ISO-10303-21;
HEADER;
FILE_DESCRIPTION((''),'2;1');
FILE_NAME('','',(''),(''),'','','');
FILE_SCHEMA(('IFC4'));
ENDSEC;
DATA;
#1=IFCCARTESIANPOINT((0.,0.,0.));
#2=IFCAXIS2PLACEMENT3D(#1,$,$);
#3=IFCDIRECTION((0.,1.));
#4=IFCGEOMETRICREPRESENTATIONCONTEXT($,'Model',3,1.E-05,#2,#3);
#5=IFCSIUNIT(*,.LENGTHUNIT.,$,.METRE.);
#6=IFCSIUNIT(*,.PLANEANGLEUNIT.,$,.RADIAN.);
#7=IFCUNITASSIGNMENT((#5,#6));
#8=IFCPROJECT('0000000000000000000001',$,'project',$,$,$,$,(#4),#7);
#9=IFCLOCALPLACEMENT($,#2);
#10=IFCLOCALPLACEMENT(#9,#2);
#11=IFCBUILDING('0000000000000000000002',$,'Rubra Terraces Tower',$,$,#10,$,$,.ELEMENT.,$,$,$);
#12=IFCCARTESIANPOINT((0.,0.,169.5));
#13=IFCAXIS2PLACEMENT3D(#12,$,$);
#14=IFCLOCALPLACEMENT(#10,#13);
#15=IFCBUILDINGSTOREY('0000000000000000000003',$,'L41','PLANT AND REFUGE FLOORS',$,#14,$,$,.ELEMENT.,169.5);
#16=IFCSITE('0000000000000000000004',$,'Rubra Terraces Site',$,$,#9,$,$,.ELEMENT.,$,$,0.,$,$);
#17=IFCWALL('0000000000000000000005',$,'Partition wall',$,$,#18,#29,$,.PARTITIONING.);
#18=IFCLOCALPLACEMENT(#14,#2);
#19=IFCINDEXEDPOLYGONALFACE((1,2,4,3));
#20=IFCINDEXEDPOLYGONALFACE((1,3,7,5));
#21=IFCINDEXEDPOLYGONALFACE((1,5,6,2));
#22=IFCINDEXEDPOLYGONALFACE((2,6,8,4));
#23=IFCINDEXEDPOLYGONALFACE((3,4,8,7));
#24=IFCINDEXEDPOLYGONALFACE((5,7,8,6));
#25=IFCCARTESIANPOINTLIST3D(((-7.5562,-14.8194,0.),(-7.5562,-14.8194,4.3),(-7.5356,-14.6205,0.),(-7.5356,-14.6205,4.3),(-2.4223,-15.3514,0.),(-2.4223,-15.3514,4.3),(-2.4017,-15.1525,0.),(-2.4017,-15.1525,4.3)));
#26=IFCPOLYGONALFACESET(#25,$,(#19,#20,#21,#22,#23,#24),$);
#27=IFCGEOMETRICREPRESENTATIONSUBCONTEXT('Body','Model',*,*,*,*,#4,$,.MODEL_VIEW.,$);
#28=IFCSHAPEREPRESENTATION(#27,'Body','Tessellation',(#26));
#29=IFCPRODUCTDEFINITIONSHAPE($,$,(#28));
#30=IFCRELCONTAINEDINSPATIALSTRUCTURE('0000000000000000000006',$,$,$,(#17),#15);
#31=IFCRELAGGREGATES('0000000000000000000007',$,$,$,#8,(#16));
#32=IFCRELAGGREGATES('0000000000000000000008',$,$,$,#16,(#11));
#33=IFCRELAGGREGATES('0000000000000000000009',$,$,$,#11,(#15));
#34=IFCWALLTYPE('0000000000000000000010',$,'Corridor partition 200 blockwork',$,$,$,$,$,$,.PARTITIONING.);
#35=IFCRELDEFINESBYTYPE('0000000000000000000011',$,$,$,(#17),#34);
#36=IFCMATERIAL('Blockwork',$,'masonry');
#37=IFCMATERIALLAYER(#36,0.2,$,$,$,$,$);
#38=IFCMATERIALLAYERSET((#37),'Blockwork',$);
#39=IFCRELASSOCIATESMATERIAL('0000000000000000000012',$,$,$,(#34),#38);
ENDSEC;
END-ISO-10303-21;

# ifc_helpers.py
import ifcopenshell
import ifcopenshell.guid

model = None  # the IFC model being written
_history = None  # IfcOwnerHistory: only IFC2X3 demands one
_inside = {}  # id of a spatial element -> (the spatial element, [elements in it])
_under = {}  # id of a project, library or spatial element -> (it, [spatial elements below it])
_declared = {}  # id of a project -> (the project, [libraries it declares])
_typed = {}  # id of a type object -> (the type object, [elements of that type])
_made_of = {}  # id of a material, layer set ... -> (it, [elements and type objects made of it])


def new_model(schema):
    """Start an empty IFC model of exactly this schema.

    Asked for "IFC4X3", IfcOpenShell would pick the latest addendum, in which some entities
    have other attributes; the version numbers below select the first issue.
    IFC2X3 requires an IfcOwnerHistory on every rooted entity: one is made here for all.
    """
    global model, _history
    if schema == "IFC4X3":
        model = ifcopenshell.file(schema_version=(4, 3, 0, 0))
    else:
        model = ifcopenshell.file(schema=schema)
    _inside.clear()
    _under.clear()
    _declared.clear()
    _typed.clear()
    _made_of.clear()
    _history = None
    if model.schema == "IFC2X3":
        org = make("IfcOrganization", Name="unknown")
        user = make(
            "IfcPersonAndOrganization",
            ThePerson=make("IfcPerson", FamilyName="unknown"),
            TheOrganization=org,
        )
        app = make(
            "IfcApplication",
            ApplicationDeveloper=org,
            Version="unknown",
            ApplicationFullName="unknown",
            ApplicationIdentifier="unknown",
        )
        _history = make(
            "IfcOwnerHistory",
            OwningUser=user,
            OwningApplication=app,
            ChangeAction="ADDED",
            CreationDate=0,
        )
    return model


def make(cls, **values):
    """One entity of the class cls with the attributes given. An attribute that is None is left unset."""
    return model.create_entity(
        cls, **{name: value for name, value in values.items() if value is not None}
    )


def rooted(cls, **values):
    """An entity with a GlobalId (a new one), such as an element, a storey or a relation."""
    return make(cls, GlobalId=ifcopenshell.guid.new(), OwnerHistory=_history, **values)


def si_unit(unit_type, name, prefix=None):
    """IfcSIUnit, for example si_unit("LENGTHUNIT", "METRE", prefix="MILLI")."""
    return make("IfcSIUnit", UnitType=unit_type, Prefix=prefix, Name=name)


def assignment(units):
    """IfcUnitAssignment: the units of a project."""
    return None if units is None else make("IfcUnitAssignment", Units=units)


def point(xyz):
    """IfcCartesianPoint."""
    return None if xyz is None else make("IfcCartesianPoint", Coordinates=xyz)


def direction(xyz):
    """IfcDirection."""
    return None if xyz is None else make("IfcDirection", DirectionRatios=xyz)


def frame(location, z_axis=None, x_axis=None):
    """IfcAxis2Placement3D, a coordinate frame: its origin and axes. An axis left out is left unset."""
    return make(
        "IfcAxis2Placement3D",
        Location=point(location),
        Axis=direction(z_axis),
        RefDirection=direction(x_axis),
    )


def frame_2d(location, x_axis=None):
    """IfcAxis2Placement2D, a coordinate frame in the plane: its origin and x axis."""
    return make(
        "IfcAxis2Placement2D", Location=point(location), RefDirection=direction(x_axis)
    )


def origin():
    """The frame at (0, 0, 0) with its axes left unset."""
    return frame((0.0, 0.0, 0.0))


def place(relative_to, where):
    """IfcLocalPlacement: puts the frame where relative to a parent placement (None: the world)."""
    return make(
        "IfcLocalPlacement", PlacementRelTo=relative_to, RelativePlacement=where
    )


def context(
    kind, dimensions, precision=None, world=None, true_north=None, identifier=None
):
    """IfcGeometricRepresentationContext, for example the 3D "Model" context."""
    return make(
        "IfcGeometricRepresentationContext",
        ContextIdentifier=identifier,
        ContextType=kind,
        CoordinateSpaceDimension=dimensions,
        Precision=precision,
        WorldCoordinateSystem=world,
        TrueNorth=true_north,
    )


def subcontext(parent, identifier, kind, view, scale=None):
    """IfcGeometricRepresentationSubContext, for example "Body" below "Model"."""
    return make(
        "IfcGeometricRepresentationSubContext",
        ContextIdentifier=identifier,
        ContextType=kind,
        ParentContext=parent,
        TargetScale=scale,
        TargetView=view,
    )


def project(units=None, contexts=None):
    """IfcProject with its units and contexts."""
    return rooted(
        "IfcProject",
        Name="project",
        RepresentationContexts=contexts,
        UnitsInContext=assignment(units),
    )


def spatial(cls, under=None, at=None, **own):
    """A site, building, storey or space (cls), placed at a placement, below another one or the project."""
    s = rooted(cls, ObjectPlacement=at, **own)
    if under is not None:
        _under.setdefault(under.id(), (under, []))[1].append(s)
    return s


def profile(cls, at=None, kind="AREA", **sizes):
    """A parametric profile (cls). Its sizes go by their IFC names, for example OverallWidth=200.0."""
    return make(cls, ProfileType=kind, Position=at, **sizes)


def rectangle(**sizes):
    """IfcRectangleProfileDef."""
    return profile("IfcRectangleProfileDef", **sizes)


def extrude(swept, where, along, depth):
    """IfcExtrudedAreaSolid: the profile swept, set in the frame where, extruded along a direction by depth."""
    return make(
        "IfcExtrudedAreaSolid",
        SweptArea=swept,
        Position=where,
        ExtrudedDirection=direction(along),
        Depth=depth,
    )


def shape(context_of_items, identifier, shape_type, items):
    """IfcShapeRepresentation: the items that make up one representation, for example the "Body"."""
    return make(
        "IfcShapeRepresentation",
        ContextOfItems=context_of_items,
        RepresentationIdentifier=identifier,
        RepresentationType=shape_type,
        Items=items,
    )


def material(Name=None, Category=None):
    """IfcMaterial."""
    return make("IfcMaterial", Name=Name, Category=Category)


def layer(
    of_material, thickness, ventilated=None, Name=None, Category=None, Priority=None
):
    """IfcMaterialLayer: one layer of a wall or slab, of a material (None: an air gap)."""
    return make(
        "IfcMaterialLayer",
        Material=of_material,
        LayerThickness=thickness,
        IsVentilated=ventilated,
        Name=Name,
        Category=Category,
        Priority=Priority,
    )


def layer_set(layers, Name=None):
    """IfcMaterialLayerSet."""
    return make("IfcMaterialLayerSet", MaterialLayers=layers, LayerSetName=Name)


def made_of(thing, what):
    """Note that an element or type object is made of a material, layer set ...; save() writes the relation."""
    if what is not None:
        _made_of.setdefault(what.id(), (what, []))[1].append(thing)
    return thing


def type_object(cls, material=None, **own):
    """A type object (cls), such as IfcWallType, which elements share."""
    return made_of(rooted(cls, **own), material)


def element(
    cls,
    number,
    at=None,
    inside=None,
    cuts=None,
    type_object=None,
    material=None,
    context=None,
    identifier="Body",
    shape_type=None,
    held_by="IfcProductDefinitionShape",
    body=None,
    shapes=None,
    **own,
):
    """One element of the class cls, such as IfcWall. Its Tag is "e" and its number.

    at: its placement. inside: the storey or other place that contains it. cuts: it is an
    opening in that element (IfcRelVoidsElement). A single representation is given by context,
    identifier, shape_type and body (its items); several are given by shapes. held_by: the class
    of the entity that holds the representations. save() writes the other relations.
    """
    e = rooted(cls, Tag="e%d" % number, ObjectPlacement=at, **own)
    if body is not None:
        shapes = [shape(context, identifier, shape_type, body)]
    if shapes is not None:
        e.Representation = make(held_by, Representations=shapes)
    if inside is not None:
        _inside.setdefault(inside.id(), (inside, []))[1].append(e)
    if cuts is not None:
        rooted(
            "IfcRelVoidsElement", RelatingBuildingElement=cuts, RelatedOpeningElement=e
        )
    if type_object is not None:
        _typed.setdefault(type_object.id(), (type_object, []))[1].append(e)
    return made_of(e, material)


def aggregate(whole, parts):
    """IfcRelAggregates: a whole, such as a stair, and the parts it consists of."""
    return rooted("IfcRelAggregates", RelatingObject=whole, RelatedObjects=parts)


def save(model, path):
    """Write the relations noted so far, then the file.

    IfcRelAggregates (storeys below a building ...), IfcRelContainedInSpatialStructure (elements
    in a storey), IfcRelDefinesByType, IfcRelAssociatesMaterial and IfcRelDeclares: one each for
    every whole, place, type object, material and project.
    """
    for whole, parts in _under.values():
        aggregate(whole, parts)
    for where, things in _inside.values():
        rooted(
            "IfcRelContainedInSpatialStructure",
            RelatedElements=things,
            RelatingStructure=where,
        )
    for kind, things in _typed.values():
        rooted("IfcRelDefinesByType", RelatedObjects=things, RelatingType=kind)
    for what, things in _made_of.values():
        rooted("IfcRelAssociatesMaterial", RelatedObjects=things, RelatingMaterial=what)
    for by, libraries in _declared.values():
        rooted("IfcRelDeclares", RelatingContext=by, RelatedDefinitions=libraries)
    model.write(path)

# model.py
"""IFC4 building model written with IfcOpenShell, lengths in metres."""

from ifc_helpers import new_model, si_unit, direction, frame, frame_2d, origin, place, context, subcontext, project, spatial, rectangle, extrude, material, layer, layer_set, type_object, element, save


model = new_model("IFC4")

# Units and contexts
model_context = context("Model", 3, precision=1e-05, world=origin(), true_north=direction((0.0, 1.0)))
body_context = subcontext(model_context, "Body", "Model", "MODEL_VIEW")
ifc_project = project(units=[si_unit("LENGTHUNIT", "METRE"), si_unit("PLANEANGLEUNIT", "RADIAN")], contexts=[model_context])

# Site, building, storey
site_placement = place(None, origin())
site = spatial("IfcSite", under=ifc_project, at=site_placement, Name="Rubra Terraces Site", CompositionType="ELEMENT", RefElevation=0.0)
building_placement = place(site_placement, origin())
building = spatial("IfcBuilding", under=site, at=building_placement, Name="Rubra Terraces Tower", CompositionType="ELEMENT")
storey_placement = place(building_placement, frame((0.0, 0.0, 169.5)))
storey = spatial("IfcBuildingStorey", under=building, at=storey_placement, Name="L41", Description="PLANT AND REFUGE FLOORS", CompositionType="ELEMENT", Elevation=169.5)

# Wall
ifc_material_1 = material(Name="Blockwork", Category="masonry")
ifc_layer_1 = layer(ifc_material_1, 0.2)
ifc_layer_set_1 = layer_set([ifc_layer_1], Name="Blockwork")
wall_type_1 = type_object("IfcWallType", Name="Corridor partition 200 blockwork", PredefinedType="PARTITIONING", material=ifc_layer_set_1)
wall_1_placement = place(storey_placement, frame((-2.4121, -15.252, 0.0), z_axis=(0.0, 0.0, 1.0), x_axis=(-0.994674, 0.103072, 0.0)))
element("IfcWall", 1, at=wall_1_placement, inside=storey, type_object=wall_type_1, Name="Partition wall", PredefinedType="PARTITIONING", context=body_context, shape_type="SweptSolid", body=[
    extrude(rectangle(XDim=5.1614, YDim=0.2, at=frame_2d((2.5806, 0.0))), origin(), (0.0, 0.0, 1.0), 4.3),
])

save(model, "model.ifc")
